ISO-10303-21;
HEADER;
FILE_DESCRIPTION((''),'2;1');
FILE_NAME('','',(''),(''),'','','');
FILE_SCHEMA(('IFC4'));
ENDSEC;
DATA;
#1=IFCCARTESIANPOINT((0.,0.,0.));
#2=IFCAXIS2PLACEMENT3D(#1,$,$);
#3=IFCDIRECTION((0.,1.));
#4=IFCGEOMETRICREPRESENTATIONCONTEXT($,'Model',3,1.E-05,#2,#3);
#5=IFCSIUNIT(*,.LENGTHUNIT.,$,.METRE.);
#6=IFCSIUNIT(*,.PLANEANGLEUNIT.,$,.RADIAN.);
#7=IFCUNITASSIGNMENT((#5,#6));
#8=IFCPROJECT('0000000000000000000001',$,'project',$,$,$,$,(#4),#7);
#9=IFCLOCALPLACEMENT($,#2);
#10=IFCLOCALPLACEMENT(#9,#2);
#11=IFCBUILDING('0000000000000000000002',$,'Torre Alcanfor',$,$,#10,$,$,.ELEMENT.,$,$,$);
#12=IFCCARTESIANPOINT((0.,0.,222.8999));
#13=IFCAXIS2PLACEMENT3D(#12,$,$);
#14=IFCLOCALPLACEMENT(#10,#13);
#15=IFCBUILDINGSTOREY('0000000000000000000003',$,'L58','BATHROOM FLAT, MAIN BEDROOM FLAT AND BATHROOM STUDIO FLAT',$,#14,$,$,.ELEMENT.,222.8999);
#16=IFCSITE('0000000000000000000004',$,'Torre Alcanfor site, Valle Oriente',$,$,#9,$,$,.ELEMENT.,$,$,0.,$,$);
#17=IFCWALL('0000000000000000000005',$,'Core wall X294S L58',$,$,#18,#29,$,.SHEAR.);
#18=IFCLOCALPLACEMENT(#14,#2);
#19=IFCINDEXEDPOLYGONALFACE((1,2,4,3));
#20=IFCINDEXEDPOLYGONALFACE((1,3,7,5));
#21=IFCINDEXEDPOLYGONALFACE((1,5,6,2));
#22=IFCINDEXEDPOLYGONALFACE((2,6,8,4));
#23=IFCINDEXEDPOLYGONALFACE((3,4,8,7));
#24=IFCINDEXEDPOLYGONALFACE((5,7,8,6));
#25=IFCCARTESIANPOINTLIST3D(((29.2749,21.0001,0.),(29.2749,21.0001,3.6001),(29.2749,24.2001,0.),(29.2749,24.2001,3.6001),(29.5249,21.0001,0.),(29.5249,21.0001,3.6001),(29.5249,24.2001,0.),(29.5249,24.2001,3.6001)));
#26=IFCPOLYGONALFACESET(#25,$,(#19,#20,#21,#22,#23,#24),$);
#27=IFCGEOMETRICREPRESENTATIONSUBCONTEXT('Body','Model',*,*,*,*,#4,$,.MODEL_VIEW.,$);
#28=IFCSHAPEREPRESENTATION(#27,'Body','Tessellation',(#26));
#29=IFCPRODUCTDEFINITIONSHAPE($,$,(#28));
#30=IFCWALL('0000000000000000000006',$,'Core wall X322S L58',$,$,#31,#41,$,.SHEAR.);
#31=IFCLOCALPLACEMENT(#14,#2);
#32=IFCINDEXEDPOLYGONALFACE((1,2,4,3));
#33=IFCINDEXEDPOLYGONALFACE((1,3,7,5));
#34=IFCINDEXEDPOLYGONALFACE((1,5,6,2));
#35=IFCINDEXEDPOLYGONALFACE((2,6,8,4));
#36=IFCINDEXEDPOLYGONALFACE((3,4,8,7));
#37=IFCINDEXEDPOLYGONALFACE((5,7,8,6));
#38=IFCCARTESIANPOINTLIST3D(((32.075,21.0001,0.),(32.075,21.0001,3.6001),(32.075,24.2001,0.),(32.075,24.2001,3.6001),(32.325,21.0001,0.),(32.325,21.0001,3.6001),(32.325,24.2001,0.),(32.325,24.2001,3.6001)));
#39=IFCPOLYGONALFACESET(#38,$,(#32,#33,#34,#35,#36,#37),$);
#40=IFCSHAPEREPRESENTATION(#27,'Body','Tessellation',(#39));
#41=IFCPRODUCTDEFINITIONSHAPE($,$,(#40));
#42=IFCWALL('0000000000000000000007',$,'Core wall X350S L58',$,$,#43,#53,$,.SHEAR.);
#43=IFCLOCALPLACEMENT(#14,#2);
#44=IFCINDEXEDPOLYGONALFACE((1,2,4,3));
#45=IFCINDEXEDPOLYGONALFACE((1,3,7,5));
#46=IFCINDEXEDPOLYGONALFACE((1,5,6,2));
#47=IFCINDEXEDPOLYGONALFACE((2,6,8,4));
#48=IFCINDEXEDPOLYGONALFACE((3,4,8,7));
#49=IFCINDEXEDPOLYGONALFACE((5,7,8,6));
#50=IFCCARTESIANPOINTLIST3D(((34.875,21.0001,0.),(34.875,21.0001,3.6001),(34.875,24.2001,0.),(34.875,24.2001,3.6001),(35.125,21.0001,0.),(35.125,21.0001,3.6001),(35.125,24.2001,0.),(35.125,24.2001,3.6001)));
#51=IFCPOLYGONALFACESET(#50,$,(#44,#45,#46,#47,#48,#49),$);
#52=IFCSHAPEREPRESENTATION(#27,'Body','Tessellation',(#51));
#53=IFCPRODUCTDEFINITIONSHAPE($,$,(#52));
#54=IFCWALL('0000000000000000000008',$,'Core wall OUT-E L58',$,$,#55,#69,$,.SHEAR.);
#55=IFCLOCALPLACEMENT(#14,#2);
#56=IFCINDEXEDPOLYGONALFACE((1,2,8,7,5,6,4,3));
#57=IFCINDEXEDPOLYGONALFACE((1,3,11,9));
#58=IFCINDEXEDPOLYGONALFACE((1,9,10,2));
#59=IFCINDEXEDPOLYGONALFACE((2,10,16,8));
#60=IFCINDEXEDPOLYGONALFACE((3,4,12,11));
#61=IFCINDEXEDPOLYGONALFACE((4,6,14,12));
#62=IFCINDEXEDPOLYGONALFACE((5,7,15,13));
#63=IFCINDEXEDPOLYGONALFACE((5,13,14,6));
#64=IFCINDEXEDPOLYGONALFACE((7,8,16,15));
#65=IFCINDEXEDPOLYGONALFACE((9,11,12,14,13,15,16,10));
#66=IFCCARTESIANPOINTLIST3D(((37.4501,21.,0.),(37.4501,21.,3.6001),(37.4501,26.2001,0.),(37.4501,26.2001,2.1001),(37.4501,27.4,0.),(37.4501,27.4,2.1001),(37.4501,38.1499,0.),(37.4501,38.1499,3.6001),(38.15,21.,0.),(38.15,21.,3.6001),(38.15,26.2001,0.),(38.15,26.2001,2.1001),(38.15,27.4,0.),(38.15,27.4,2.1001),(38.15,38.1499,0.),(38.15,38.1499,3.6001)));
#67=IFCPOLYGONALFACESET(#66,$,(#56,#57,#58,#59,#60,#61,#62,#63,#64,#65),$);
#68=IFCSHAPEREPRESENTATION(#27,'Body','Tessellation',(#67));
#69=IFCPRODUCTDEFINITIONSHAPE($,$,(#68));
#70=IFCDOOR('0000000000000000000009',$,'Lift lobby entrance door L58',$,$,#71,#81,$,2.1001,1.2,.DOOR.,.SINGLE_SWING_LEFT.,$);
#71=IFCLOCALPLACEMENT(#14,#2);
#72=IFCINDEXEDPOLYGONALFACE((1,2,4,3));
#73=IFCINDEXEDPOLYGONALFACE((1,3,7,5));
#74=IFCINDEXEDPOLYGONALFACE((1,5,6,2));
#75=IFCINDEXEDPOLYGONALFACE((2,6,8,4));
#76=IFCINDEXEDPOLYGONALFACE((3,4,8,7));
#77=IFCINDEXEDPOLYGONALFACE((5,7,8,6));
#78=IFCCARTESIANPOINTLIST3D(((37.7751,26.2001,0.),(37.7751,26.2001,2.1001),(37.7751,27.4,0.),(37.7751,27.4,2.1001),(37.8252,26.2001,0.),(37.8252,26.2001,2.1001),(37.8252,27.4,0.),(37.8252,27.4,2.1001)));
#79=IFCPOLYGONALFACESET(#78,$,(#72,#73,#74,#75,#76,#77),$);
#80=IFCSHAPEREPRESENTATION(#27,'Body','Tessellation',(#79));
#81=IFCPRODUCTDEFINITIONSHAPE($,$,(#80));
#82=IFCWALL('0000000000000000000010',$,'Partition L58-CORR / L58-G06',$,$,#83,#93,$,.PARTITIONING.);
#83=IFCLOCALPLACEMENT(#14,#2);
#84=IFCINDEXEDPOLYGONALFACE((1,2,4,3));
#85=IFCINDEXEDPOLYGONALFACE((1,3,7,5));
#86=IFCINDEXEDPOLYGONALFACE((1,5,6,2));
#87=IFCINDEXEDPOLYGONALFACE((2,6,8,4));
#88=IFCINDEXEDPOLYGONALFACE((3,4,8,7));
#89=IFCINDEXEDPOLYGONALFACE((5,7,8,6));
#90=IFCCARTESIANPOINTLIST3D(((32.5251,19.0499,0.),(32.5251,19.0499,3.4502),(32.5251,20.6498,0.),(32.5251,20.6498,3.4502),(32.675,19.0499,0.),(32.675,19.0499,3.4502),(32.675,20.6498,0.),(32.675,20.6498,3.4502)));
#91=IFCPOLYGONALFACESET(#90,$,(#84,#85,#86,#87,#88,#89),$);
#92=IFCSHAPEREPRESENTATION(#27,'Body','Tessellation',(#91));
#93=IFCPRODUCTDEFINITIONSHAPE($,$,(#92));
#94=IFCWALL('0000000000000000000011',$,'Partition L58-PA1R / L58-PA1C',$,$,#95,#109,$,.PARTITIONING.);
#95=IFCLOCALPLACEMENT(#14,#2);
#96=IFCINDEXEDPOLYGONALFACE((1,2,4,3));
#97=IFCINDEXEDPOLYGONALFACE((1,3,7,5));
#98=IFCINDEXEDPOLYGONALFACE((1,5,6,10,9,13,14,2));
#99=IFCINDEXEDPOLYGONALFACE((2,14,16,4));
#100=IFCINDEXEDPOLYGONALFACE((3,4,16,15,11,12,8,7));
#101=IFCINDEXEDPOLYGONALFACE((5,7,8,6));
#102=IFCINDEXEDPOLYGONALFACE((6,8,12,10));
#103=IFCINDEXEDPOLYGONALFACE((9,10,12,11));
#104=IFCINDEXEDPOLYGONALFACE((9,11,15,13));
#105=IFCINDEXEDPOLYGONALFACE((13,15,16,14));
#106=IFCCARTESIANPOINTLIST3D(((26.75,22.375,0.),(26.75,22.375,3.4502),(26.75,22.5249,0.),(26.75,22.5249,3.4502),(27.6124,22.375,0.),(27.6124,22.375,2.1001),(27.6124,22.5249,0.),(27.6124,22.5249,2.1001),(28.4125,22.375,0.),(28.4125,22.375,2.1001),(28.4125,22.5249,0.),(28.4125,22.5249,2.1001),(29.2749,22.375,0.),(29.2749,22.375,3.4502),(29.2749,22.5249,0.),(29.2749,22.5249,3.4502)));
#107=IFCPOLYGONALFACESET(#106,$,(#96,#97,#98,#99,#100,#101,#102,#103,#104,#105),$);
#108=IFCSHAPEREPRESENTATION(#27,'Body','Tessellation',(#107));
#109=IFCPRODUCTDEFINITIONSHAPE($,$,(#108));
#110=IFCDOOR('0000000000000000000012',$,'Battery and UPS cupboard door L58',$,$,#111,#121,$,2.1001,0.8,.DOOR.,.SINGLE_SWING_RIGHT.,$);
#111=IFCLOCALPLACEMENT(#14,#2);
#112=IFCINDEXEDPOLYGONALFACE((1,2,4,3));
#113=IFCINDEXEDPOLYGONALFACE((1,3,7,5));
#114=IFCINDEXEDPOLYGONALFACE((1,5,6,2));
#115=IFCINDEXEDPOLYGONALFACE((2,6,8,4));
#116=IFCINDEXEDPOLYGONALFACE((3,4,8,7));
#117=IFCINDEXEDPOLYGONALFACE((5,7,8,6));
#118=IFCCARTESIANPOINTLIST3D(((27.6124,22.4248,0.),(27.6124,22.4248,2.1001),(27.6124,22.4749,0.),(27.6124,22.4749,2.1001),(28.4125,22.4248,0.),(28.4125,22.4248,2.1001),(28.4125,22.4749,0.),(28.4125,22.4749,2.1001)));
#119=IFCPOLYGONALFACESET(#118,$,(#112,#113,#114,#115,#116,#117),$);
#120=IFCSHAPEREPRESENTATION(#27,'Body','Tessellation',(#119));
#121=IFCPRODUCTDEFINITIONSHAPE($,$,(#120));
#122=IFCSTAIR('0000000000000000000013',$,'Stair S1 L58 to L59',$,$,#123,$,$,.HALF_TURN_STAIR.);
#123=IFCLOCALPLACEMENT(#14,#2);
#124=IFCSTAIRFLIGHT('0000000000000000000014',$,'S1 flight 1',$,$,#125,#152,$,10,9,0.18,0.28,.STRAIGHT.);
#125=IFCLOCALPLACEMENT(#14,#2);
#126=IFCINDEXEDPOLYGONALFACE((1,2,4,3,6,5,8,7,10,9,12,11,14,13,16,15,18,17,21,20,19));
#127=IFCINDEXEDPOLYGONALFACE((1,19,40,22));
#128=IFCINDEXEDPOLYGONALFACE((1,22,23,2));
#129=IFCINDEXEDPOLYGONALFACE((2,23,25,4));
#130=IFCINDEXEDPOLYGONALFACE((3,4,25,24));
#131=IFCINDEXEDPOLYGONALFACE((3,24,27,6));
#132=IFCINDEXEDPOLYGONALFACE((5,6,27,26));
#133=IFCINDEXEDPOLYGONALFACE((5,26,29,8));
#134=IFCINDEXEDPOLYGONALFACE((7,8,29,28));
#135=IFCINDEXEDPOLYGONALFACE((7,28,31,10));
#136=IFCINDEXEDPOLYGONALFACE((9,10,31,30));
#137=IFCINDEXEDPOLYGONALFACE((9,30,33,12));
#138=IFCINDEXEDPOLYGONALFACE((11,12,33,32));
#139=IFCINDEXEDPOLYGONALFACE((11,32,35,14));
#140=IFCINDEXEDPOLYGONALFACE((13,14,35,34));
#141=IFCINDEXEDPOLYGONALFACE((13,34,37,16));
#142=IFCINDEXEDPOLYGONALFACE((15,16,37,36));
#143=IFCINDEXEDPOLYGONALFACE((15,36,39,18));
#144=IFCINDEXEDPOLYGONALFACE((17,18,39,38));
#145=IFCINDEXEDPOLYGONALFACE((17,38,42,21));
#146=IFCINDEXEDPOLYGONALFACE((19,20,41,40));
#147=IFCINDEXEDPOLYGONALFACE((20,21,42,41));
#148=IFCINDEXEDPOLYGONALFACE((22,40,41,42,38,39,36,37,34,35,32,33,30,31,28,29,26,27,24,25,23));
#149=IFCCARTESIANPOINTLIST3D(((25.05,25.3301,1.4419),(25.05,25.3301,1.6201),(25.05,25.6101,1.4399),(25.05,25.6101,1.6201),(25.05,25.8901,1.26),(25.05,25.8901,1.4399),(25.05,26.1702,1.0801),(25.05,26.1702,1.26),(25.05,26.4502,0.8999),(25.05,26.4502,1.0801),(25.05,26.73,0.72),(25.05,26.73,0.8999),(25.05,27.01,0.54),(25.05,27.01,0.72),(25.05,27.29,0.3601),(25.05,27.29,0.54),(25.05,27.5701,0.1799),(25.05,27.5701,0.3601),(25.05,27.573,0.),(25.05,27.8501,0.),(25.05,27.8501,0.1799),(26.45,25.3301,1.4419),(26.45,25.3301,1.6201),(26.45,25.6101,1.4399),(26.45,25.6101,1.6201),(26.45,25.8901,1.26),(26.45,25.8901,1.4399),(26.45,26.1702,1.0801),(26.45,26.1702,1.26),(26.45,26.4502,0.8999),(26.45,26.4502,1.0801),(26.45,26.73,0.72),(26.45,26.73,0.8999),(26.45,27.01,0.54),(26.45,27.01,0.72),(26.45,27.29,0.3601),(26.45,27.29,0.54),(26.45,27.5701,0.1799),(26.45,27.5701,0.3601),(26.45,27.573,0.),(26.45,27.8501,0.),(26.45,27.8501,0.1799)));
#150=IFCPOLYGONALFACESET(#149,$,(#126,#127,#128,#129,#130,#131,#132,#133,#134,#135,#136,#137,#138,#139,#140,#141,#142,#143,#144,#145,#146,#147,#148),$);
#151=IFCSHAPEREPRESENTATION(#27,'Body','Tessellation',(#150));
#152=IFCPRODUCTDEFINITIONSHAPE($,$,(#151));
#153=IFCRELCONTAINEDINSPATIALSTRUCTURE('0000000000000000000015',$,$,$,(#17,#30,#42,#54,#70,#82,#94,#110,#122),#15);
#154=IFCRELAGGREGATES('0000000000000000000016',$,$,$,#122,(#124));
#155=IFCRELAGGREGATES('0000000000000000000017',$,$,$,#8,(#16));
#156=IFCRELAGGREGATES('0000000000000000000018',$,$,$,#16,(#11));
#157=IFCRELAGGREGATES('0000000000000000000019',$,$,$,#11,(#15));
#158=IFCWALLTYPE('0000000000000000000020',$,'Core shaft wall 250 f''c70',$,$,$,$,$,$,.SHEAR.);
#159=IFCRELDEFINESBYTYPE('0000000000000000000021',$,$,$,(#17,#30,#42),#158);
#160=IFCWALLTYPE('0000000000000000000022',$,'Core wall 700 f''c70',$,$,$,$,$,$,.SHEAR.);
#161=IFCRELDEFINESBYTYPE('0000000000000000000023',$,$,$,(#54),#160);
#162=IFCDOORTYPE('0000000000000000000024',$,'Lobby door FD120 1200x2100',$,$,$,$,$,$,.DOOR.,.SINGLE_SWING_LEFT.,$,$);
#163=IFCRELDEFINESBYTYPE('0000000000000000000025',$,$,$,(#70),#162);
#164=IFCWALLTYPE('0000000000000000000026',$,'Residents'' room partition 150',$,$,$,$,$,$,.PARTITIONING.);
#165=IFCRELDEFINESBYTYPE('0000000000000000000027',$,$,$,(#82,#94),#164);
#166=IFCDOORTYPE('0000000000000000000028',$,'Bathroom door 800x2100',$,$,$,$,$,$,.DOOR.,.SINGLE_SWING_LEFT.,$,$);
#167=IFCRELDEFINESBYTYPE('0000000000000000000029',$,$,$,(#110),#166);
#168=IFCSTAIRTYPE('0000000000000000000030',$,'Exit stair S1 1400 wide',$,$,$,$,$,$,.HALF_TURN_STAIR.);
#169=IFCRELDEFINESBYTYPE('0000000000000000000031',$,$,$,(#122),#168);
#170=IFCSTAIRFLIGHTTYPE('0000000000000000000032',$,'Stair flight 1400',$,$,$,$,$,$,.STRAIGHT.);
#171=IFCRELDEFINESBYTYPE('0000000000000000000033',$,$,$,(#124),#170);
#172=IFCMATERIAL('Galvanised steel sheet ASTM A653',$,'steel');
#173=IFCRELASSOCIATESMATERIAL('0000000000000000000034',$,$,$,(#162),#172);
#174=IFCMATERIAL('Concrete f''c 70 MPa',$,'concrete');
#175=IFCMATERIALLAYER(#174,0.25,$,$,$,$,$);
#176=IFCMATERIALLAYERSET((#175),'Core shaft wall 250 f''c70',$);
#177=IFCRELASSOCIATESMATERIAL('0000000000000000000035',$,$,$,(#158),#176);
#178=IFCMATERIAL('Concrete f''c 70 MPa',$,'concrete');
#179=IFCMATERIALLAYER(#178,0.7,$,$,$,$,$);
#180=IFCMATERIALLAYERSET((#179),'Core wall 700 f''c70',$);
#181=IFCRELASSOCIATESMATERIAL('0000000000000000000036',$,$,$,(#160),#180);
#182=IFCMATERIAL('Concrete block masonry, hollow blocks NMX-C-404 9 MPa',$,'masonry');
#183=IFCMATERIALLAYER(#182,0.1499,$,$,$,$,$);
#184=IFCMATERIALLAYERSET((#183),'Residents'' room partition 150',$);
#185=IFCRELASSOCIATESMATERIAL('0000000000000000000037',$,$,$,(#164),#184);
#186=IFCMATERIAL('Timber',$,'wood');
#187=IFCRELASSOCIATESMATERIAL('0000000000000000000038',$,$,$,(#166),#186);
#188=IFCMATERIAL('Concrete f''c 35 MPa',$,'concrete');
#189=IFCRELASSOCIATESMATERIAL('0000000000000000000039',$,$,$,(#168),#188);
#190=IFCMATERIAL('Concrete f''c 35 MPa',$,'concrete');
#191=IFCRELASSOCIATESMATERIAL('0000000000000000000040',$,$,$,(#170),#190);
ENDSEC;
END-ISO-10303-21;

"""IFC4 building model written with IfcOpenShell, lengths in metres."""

from ifc_helpers import new_model, si_unit, direction, frame, frame_2d, origin, place, context, subcontext, project, spatial, polyline, rectangle, outline, extrude, material, layer, layer_set, type_object, element, fill, aggregate, save


model = new_model("IFC4")

# Units and contexts
model_context = context("Model", 3, precision=1e-05, world=origin(), true_north=direction((0.0, 1.0)))
body_context = subcontext(model_context, "Body", "Model", "MODEL_VIEW")
ifc_project = project(units=[si_unit("LENGTHUNIT", "METRE"), si_unit("PLANEANGLEUNIT", "RADIAN")], contexts=[model_context])

# Site, building, storey
site_placement = place(None, origin())
site = spatial("IfcSite", under=ifc_project, at=site_placement, Name="Torre Alcanfor site, Valle Oriente", CompositionType="ELEMENT", RefElevation=0.0)
building_placement = place(site_placement, origin())
building = spatial("IfcBuilding", under=site, at=building_placement, Name="Torre Alcanfor", CompositionType="ELEMENT")
storey_placement = place(building_placement, frame((0.0, 0.0, 222.8999)))
storey = spatial("IfcBuildingStorey", under=building, at=storey_placement, Name="L58", Description="BATHROOM FLAT, MAIN BEDROOM FLAT AND BATHROOM STUDIO FLAT", CompositionType="ELEMENT", Elevation=222.8999)

# Shared definitions
ifc_material_1 = material(Name="Galvanised steel sheet ASTM A653", Category="steel")
door_type_1 = type_object("IfcDoorType", Name="Lobby door FD120 1200x2100", OperationType="SINGLE_SWING_LEFT", PredefinedType="DOOR", material=ifc_material_1)

# Walls
ifc_material_2 = material(Name="Concrete f'c 70 MPa", Category="concrete")
ifc_layer_1 = layer(ifc_material_2, 0.25)
ifc_layer_set_1 = layer_set([ifc_layer_1], Name="Core shaft wall 250 f'c70")
wall_type_1 = type_object("IfcWallType", Name="Core shaft wall 250 f'c70", PredefinedType="SHEAR", material=ifc_layer_set_1)
for number, where, z_axis, x_axis, name in (
    (1, (29.3999, 21.0, 0.0), (0.0, 0.0, 1.0), (0.0, 1.0, 0.0), "Core wall X294S L58"),
    (2, (32.2, 21.0, 0.0), (0.0, 0.0, 1.0), (0.0, 1.0, 0.0), "Core wall X322S L58"),
    (3, (35.0, 21.0, 0.0), (0.0, 0.0, 1.0), (0.0, 1.0, 0.0), "Core wall X350S L58"),
):
    element("IfcWall", number, at=place(storey_placement, frame(where, z_axis=z_axis, x_axis=x_axis)), inside=storey, type_object=wall_type_1, Name=name, PredefinedType="SHEAR", context=body_context, shape_type="SweptSolid", body=[
        extrude(rectangle(XDim=3.2, YDim=0.25, at=frame_2d((1.6001, 0.0))), origin(), (0.0, 0.0, 1.0), 3.6001),
    ])

# Wall, opening, door
ifc_material_3 = material(Name="Concrete f'c 70 MPa", Category="concrete")
ifc_layer_2 = layer(ifc_material_3, 0.7)
ifc_layer_set_2 = layer_set([ifc_layer_2], Name="Core wall 700 f'c70")
wall_type_2 = type_object("IfcWallType", Name="Core wall 700 f'c70", PredefinedType="SHEAR", material=ifc_layer_set_2)
wall_1_placement = place(storey_placement, frame((37.8, 21.0, 0.0), z_axis=(0.0, 0.0, 1.0), x_axis=(0.0, 1.0, 0.0)))
wall_1 = element("IfcWall", 4, at=wall_1_placement, inside=storey, type_object=wall_type_2, Name="Core wall OUT-E L58", PredefinedType="SHEAR", context=body_context, shape_type="SweptSolid", body=[
    extrude(rectangle(XDim=17.1499, YDim=0.7, at=frame_2d((8.575, 0.0))), origin(), (0.0, 0.0, 1.0), 3.6001),
])
opening_1_placement = place(wall_1_placement, frame((5.2, 0.0, 0.0)))
opening_1 = element("IfcOpeningElement", 5, at=opening_1_placement, cuts=wall_1, PredefinedType="OPENING", context=body_context, shape_type="SweptSolid", body=[
    extrude(rectangle(XDim=1.2, YDim=2.1001, at=frame_2d((0.6001, 1.05))), frame((0.0, 0.3599, 0.0), z_axis=(0.0, -1.0, 0.0), x_axis=(1.0, 0.0, 0.0)), (0.0, 0.0, 1.0), 0.72),
])
door_1_placement = place(opening_1_placement, origin())
door_1 = element("IfcDoor", 6, at=door_1_placement, inside=storey, type_object=door_type_1, Name="Lift lobby entrance door L58", OperationType="SINGLE_SWING_LEFT", OverallHeight=2.1001, OverallWidth=1.2, PredefinedType="DOOR", context=body_context, shape_type="SweptSolid", body=[
    extrude(rectangle(XDim=1.2, YDim=2.1001, at=frame_2d((0.6001, 1.05))), frame((0.0, 0.0249, 0.0), z_axis=(0.0, -1.0, 0.0), x_axis=(1.0, 0.0, 0.0)), (0.0, 0.0, 1.0), 0.05),
])
fill(opening_1, door_1)

# Wall
ifc_material_4 = material(Name="Concrete block masonry, hollow blocks NMX-C-404 9 MPa", Category="masonry")
ifc_layer_3 = layer(ifc_material_4, 0.1499)
ifc_layer_set_3 = layer_set([ifc_layer_3], Name="Residents' room partition 150")
wall_type_3 = type_object("IfcWallType", Name="Residents' room partition 150", PredefinedType="PARTITIONING", material=ifc_layer_set_3)
wall_2_placement = place(storey_placement, frame((32.6001, 19.05, 0.0), z_axis=(0.0, 0.0, 1.0), x_axis=(0.0, 1.0, 0.0)))
element("IfcWall", 7, at=wall_2_placement, inside=storey, type_object=wall_type_3, Name="Partition L58-CORR / L58-G06", PredefinedType="PARTITIONING", context=body_context, shape_type="SweptSolid", body=[
    extrude(rectangle(XDim=1.5999, YDim=0.1499, at=frame_2d((0.7998, 0.0))), origin(), (0.0, 0.0, 1.0), 3.4502),
])

# Wall, opening, door
wall_3_placement = place(storey_placement, frame((26.75, 22.45, 0.0), z_axis=(0.0, 0.0, 1.0), x_axis=(1.0, 0.0, 0.0)))
wall_3 = element("IfcWall", 8, at=wall_3_placement, inside=storey, type_object=wall_type_3, Name="Partition L58-PA1R / L58-PA1C", PredefinedType="PARTITIONING", context=body_context, shape_type="SweptSolid", body=[
    extrude(rectangle(XDim=2.5249, YDim=0.1499, at=frame_2d((1.2625, 0.0))), origin(), (0.0, 0.0, 1.0), 3.4502),
])
opening_2_placement = place(wall_3_placement, frame((0.8625, 0.0, 0.0)))
opening_2 = element("IfcOpeningElement", 9, at=opening_2_placement, cuts=wall_3, PredefinedType="OPENING", context=body_context, shape_type="SweptSolid", body=[
    extrude(rectangle(XDim=0.8, YDim=2.1001, at=frame_2d((0.3999, 1.05))), frame((0.0, 0.085, 0.0), z_axis=(0.0, -1.0, 0.0), x_axis=(1.0, 0.0, 0.0)), (0.0, 0.0, 1.0), 0.1699),
])
ifc_material_5 = material(Name="Timber", Category="wood")
door_type_2 = type_object("IfcDoorType", Name="Bathroom door 800x2100", OperationType="SINGLE_SWING_LEFT", PredefinedType="DOOR", material=ifc_material_5)
door_2_placement = place(opening_2_placement, frame((0.8, 0.0, 0.0), z_axis=(0.0, 0.0, 1.0), x_axis=(-1.0, 0.0, 0.0)))
door_2 = element("IfcDoor", 10, at=door_2_placement, inside=storey, type_object=door_type_2, Name="Battery and UPS cupboard door L58", OperationType="SINGLE_SWING_RIGHT", OverallHeight=2.1001, OverallWidth=0.8, PredefinedType="DOOR", context=body_context, shape_type="SweptSolid", body=[
    extrude(rectangle(XDim=0.8, YDim=2.1001, at=frame_2d((0.4001, 1.05))), frame((0.0, 0.0251, 0.0), z_axis=(0.0, -1.0, 0.0), x_axis=(1.0, 0.0, 0.0)), (0.0, 0.0, 1.0), 0.05),
])
fill(opening_2, door_2)

# Stair, stair flight
ifc_material_6 = material(Name="Concrete f'c 35 MPa", Category="concrete")
stair_type = type_object("IfcStairType", Name="Exit stair S1 1400 wide", PredefinedType="HALF_TURN_STAIR", material=ifc_material_6)
stair_placement = place(storey_placement, origin())
stair = element("IfcStair", 11, at=stair_placement, inside=storey, type_object=stair_type, Name="Stair S1 L58 to L59", PredefinedType="HALF_TURN_STAIR")
ifc_material_7 = material(Name="Concrete f'c 35 MPa", Category="concrete")
stair_flight_type = type_object("IfcStairFlightType", Name="Stair flight 1400", PredefinedType="STRAIGHT", material=ifc_material_7)
stair_flight_placement = place(storey_placement, frame((25.75, 27.8501, 0.0), z_axis=(0.0, 0.0, 1.0), x_axis=(0.0, -1.0, 0.0)))
stair_flight = element("IfcStairFlight", 12, at=stair_flight_placement, type_object=stair_flight_type, Name="S1 flight 1", NumberOfRisers=10, NumberOfTreads=9, PredefinedType="STRAIGHT", RiserHeight=0.18, TreadLength=0.28, context=body_context, shape_type="SweptSolid", body=[
    extrude(outline(polyline([(0.0, 0.0), (0.0, 0.1799), (0.28, 0.1799), (0.28, 0.3601), (0.5601, 0.3601), (0.5601, 0.54), (0.8401, 0.54), (0.8401, 0.72), (1.1201, 0.72), (1.1201, 0.8999), (1.3999, 0.8999), (1.3999, 1.0801), (1.6799, 1.0801), (1.6799, 1.26), (1.96, 1.26), (1.96, 1.4399), (2.24, 1.4399), (2.24, 1.6201), (2.52, 1.6201), (2.52, 1.8), (2.52, 1.4419), (0.2771, 0.0), (0.0, 0.0)])), frame((0.0, 0.7, 0.0), z_axis=(0.0, -1.0, 0.0), x_axis=(1.0, 0.0, 0.0)), (0.0, 0.0, 1.0), 1.3999),
])
aggregate(stair, [stair_flight])

save(model, "model.ifc")
